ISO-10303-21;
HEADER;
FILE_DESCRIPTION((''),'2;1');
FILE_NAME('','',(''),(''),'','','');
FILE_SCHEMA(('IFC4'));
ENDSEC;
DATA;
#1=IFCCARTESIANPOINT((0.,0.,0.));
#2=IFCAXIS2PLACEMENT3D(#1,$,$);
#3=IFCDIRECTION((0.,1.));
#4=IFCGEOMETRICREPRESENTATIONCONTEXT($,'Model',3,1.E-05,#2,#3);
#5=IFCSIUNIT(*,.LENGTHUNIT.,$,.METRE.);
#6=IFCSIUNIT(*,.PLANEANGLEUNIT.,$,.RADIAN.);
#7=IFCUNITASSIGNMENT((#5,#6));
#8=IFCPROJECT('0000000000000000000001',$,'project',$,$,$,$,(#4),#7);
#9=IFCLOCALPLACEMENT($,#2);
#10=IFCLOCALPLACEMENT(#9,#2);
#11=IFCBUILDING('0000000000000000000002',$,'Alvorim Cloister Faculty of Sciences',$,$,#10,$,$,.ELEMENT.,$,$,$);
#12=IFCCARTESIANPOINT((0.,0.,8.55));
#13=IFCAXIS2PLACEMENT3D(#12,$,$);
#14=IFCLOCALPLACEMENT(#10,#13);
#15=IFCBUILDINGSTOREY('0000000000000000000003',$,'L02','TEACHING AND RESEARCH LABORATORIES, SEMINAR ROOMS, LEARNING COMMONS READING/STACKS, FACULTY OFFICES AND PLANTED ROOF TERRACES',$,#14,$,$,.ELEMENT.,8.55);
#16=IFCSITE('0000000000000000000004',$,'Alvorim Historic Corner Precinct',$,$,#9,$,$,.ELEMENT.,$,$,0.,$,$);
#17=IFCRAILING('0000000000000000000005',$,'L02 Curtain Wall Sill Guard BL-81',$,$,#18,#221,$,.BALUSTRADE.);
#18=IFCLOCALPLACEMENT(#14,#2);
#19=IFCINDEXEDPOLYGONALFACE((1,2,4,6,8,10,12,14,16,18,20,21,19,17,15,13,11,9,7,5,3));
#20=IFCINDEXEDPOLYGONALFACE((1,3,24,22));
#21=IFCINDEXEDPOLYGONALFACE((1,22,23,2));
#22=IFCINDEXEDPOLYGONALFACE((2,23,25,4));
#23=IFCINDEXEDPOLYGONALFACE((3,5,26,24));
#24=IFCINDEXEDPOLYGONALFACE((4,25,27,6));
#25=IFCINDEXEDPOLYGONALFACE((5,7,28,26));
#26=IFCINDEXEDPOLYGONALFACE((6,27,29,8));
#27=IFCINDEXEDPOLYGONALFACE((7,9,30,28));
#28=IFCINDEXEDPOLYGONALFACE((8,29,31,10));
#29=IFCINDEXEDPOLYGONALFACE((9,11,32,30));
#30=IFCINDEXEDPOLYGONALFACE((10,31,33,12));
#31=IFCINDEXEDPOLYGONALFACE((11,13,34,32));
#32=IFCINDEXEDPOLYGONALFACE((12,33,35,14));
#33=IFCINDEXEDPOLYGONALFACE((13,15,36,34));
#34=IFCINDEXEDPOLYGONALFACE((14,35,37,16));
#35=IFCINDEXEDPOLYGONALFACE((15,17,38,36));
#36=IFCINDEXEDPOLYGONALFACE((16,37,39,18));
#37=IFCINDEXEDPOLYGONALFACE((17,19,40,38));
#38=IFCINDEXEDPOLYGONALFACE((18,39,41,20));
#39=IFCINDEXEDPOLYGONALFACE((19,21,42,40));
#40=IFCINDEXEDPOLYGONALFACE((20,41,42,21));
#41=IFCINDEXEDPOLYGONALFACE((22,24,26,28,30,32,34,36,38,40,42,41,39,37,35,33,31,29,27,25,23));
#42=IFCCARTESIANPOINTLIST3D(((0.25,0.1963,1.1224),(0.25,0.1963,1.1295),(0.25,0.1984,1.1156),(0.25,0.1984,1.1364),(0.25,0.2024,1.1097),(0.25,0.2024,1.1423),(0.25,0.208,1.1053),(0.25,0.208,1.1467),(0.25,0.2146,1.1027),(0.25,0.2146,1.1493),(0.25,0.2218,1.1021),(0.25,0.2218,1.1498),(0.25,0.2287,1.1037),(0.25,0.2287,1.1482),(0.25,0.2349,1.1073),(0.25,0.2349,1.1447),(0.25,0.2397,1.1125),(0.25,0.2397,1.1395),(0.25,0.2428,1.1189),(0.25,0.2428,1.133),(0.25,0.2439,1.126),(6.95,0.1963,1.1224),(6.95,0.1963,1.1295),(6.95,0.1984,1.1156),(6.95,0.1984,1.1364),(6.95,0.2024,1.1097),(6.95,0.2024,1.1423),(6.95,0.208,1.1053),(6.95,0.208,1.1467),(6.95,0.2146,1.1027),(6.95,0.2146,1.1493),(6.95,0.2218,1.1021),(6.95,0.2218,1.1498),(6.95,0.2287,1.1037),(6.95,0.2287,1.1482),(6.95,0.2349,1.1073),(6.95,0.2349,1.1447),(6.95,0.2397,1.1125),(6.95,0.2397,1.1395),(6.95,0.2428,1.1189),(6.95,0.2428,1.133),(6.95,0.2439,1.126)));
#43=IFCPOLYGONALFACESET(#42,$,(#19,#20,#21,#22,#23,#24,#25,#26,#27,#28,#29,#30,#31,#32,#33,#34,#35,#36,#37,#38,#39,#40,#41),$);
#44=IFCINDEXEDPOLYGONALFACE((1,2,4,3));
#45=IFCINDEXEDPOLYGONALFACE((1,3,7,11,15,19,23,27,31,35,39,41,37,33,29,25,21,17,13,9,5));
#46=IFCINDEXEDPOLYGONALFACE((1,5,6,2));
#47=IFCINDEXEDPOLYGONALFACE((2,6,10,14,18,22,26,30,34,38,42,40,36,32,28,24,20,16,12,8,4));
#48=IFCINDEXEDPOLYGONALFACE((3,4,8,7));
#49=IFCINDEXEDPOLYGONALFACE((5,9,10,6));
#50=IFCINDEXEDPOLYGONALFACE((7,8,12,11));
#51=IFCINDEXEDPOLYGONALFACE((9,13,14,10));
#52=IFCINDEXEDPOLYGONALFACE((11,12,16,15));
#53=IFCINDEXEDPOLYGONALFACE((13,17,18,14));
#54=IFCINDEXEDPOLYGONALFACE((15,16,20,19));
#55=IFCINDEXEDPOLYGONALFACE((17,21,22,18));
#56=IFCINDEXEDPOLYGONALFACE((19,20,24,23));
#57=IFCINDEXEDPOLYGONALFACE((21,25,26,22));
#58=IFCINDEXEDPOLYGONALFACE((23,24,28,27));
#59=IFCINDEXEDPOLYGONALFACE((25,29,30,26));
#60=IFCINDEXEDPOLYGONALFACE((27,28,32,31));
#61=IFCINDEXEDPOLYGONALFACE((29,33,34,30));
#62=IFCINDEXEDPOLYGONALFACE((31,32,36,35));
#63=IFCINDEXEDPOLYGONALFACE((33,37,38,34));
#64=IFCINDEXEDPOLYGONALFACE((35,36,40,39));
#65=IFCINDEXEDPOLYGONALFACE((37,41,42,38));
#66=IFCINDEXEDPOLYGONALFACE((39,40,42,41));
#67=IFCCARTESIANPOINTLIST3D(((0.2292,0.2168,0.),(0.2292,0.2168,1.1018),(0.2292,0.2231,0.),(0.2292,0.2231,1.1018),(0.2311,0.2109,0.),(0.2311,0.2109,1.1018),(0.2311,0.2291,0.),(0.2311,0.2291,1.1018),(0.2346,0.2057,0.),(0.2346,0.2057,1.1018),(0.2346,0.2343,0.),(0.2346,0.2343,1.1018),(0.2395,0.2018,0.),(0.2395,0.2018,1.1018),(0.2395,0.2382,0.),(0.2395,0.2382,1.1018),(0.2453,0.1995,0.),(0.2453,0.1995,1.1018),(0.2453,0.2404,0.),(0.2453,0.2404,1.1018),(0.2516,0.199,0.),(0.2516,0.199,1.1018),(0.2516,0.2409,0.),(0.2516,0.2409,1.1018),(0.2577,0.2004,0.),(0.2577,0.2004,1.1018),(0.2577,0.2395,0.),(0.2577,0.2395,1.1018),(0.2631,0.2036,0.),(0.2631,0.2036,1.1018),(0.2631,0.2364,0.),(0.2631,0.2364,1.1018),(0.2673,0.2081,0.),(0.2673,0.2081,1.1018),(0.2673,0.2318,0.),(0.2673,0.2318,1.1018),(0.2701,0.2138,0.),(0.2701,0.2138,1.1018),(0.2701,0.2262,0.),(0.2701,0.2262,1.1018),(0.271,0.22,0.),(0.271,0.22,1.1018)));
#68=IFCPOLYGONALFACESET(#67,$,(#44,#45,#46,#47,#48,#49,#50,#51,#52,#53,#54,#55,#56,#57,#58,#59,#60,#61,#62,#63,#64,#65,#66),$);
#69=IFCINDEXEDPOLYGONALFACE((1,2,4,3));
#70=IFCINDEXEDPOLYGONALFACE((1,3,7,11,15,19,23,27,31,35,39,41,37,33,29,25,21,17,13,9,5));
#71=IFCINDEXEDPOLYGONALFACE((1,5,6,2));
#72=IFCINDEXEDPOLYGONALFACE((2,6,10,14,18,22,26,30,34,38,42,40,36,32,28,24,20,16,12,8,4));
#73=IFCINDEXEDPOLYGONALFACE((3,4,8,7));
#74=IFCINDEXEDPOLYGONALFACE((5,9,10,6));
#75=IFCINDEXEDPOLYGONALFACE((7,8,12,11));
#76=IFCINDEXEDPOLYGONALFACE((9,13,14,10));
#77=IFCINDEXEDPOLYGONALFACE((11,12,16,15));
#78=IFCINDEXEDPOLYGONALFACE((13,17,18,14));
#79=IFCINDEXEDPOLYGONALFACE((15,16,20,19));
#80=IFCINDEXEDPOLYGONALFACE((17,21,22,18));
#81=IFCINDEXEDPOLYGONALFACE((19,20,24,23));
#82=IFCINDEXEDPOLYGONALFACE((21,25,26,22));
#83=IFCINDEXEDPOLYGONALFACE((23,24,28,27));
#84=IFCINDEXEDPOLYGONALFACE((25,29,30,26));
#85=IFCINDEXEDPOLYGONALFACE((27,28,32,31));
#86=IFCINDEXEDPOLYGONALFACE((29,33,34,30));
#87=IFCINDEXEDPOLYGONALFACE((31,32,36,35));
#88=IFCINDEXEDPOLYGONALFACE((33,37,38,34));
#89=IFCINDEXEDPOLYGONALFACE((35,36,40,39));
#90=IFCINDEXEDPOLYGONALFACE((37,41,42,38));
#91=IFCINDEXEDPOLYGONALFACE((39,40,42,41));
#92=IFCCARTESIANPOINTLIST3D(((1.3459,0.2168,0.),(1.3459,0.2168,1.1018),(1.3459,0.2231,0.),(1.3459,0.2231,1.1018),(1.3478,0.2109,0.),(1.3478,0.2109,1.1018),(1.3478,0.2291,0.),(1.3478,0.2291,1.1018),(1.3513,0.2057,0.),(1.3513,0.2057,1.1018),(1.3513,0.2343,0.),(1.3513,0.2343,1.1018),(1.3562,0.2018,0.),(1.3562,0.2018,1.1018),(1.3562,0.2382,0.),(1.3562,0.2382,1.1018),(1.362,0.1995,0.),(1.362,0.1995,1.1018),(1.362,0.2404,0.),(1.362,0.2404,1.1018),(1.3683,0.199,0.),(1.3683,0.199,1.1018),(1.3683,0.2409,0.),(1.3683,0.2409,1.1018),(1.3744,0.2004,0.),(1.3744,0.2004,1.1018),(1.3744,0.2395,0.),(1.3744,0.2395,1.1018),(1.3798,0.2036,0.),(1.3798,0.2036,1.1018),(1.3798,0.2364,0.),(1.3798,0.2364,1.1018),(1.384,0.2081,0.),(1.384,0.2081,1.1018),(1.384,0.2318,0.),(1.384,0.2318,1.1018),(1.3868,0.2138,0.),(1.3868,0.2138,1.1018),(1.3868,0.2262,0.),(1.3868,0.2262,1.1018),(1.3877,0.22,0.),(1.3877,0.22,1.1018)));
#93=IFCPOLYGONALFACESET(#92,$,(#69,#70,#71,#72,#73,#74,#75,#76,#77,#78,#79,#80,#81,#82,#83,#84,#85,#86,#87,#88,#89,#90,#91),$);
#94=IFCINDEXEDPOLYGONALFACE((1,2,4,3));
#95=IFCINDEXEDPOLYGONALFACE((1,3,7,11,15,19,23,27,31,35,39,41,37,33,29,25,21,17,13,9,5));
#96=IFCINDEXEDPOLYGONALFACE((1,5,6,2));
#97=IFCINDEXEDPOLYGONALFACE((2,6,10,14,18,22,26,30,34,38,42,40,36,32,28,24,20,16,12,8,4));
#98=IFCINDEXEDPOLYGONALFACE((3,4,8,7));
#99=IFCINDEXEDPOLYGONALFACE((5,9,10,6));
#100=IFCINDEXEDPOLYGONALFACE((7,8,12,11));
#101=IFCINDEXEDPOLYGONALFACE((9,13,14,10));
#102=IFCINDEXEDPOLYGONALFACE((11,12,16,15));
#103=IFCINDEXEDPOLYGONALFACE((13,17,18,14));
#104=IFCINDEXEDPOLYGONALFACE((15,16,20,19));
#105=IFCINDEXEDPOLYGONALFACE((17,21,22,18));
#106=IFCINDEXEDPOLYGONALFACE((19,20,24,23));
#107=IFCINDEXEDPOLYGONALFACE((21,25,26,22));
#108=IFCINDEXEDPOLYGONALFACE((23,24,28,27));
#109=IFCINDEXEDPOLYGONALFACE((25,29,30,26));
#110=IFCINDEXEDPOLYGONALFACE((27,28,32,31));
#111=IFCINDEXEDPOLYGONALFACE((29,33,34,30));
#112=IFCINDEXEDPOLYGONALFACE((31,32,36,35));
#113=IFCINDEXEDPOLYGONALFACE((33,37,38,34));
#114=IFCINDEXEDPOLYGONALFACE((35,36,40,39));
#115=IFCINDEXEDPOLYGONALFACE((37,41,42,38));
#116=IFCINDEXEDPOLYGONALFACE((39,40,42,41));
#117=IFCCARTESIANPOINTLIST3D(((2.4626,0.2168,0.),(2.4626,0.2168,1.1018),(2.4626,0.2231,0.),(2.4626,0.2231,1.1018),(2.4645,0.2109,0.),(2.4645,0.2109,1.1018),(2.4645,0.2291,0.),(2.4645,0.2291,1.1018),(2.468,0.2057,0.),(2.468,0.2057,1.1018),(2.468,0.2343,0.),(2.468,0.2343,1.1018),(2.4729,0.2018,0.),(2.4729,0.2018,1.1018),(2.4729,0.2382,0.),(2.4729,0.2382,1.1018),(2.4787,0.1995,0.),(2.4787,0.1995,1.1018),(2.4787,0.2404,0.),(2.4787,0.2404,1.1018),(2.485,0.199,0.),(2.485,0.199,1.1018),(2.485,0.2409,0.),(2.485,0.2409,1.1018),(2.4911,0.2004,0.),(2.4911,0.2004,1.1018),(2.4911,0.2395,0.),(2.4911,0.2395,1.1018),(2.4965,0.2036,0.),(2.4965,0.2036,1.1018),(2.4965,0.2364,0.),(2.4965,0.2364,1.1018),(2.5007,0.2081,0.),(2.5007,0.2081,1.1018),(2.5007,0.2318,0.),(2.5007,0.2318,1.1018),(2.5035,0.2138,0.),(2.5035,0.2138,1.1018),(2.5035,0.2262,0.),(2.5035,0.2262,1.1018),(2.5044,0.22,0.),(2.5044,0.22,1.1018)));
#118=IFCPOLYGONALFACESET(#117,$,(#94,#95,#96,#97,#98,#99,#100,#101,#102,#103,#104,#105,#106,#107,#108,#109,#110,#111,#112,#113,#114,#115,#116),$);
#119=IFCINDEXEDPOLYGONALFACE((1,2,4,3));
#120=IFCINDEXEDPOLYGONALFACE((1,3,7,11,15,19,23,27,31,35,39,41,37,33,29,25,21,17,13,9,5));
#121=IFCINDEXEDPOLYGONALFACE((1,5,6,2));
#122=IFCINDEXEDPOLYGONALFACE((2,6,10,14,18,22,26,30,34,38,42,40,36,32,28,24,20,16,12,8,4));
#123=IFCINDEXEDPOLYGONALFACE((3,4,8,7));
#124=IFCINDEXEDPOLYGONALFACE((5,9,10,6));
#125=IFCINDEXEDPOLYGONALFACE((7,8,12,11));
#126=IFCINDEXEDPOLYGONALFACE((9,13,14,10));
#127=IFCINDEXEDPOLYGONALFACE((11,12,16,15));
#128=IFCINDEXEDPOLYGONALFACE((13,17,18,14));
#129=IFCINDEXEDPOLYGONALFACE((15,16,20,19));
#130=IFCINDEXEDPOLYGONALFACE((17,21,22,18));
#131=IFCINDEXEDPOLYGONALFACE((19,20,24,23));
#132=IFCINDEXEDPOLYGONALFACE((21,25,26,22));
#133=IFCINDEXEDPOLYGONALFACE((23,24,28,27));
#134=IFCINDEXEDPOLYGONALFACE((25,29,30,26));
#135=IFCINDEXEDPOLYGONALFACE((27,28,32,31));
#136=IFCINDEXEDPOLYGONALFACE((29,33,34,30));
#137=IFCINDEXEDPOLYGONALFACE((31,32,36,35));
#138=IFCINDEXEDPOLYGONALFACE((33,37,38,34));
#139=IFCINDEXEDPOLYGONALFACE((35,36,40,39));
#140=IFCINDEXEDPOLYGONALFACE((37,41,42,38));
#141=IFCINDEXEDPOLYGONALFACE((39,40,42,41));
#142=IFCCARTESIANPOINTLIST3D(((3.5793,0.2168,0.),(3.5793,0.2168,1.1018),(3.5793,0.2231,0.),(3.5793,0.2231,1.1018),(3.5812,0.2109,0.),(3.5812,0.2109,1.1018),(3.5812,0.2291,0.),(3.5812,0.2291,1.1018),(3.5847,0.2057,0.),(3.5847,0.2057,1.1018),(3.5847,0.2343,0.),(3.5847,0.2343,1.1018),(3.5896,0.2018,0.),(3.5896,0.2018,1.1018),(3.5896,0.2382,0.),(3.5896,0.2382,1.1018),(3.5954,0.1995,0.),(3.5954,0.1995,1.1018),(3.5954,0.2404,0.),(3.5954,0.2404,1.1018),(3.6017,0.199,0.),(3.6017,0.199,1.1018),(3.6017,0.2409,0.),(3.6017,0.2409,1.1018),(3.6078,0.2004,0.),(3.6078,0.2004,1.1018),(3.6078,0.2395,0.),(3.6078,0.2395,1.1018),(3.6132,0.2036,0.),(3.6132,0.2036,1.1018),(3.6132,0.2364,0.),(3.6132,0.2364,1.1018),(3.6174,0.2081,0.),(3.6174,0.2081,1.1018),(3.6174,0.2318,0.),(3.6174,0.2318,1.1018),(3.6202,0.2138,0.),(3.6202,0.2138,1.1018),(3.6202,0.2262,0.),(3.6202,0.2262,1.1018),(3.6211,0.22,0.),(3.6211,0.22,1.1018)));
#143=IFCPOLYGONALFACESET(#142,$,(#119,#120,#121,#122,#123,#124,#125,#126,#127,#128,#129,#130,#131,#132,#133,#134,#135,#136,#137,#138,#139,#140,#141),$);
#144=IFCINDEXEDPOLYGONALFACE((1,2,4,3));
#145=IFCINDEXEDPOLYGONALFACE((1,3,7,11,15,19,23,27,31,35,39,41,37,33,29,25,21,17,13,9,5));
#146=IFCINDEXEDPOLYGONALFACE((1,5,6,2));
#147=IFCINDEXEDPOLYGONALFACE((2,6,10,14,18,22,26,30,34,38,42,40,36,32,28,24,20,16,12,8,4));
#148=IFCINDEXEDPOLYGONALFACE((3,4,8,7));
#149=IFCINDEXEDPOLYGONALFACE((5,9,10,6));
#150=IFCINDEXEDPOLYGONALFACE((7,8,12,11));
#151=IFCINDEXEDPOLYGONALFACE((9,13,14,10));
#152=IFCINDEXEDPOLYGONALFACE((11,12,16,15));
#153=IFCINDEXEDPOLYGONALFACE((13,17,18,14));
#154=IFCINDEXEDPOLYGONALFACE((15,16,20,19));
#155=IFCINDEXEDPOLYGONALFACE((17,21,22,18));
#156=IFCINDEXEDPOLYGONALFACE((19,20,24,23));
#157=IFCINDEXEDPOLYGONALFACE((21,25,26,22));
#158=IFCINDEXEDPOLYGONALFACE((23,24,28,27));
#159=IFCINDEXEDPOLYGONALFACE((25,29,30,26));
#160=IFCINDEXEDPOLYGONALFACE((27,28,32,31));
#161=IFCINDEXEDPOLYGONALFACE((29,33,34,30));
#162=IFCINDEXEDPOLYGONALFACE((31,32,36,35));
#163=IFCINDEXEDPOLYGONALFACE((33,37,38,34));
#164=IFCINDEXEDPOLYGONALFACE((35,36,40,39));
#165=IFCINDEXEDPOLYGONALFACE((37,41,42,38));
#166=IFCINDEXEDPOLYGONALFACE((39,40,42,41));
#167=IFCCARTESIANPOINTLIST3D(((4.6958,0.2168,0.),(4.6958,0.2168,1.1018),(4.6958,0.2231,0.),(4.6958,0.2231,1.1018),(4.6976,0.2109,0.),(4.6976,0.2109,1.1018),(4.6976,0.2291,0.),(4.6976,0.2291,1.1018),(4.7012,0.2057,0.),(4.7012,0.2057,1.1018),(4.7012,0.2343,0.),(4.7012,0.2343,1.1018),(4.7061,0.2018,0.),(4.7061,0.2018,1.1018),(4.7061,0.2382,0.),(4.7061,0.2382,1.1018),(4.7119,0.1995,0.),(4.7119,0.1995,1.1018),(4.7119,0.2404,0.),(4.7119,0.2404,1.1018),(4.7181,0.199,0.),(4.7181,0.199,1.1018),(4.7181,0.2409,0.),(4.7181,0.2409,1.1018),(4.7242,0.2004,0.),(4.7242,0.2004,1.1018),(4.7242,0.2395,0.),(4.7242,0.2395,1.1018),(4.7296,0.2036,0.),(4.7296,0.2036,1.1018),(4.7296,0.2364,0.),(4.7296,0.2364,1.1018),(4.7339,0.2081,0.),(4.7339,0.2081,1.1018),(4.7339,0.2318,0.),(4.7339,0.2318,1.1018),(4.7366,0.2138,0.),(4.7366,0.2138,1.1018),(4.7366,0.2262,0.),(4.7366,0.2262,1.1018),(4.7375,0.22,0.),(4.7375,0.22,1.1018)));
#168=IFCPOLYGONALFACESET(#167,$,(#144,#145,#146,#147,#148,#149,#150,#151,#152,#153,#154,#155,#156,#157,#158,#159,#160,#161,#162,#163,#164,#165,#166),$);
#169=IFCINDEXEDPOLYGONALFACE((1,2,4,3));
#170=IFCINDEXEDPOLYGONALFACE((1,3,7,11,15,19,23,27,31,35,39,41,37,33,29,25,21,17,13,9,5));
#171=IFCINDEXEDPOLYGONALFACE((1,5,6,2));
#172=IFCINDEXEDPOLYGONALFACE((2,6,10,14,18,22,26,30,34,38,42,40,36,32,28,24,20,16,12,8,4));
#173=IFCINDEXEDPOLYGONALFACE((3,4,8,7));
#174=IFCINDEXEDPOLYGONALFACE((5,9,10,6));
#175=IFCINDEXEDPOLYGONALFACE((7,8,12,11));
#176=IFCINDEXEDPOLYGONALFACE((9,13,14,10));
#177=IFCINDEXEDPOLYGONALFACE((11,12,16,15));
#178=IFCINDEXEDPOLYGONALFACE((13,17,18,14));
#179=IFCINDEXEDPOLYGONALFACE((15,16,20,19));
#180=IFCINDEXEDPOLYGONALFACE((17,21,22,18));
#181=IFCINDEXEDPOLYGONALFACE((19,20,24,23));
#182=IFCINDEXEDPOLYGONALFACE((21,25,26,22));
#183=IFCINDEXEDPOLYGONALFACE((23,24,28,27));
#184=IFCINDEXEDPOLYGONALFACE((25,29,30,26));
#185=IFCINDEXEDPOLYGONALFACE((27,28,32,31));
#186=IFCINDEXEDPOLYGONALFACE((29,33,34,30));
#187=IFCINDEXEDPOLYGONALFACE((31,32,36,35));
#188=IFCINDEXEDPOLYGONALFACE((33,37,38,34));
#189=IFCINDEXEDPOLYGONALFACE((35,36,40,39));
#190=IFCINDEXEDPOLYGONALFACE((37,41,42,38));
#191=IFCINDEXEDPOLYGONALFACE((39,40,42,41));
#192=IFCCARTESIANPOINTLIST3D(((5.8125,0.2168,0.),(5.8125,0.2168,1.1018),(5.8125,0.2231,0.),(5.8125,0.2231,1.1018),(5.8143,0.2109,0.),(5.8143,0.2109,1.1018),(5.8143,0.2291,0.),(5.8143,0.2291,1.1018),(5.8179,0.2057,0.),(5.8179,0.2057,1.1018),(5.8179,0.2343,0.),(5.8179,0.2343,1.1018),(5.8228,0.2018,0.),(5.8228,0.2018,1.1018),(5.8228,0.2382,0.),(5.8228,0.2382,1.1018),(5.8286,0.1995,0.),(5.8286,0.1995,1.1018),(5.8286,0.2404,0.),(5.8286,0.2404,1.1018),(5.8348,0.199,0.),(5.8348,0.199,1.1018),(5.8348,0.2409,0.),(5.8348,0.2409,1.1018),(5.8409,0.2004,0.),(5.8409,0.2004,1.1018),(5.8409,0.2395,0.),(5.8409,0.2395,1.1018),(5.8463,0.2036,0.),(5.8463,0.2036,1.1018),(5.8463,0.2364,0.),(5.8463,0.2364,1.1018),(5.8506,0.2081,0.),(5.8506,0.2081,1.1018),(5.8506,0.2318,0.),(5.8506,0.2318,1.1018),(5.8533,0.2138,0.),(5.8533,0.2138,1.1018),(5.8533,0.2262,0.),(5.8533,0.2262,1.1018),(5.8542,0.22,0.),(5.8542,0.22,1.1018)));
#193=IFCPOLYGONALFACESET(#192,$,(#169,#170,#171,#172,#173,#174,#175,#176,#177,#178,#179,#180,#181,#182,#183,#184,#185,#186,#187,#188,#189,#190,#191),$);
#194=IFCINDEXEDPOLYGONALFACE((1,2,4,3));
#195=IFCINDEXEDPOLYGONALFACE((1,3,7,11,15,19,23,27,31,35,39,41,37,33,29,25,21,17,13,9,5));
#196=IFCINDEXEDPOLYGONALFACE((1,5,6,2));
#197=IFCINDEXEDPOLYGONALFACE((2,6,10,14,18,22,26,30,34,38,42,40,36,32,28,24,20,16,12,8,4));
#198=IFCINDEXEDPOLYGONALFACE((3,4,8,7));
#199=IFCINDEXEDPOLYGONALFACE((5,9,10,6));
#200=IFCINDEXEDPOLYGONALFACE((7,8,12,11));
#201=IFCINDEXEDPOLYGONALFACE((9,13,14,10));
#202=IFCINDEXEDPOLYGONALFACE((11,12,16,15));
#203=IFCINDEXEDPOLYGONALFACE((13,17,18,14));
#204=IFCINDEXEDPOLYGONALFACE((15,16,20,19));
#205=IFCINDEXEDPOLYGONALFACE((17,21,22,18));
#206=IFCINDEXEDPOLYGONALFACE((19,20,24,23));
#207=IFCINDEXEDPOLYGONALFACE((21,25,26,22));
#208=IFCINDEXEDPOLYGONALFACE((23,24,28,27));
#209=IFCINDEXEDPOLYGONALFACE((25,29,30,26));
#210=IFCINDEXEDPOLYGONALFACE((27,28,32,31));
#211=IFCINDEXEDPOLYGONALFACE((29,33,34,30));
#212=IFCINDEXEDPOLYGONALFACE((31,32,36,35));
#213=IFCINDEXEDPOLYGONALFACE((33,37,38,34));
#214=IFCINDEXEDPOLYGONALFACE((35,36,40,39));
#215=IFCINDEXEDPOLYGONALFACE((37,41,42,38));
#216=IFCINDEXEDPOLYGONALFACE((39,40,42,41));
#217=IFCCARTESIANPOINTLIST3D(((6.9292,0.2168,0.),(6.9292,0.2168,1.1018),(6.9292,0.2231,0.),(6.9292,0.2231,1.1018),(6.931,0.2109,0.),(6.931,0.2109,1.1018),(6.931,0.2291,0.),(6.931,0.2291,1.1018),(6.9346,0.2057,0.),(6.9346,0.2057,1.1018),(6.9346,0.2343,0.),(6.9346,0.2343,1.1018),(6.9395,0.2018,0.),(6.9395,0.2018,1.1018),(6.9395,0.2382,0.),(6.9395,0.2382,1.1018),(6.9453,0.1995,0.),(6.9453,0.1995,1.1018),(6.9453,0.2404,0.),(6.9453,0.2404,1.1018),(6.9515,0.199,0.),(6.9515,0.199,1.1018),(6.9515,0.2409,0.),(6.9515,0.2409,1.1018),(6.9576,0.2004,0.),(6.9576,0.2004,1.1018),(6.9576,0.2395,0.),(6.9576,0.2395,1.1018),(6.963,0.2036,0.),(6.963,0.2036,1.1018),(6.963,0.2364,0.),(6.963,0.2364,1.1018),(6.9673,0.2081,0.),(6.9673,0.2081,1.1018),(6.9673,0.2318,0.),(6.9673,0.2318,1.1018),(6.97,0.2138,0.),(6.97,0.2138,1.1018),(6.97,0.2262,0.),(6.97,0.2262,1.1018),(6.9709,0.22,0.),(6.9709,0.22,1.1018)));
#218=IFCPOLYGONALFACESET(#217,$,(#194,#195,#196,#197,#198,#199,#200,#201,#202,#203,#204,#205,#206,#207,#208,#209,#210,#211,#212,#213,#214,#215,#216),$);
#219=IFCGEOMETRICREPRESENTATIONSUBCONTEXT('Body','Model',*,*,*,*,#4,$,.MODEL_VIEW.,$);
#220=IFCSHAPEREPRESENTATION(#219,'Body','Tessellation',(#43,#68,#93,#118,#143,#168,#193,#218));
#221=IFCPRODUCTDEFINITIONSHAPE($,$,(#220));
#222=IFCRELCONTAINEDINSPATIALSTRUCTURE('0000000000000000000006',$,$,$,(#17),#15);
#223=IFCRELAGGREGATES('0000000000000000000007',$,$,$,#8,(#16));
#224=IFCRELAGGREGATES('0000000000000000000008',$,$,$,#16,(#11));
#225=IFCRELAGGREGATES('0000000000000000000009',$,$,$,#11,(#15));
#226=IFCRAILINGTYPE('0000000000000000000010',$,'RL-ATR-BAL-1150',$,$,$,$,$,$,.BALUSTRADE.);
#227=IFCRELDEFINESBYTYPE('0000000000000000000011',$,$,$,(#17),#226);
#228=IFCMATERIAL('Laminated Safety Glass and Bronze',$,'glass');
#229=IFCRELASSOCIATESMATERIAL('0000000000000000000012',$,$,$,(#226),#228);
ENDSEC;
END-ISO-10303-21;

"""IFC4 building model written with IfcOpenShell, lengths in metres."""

from ifc_helpers import new_model, si_unit, direction, frame, origin, origin_2d, place, context, subcontext, project, spatial, circle, extrude, material, type_object, element, save


model = new_model("IFC4")

# Units and contexts
model_context = context("Model", 3, precision=1e-05, world=origin(), true_north=direction((0.0, 1.0)))
body_context = subcontext(model_context, "Body", "Model", "MODEL_VIEW")
ifc_project = project(units=[si_unit("LENGTHUNIT", "METRE"), si_unit("PLANEANGLEUNIT", "RADIAN")], contexts=[model_context])

# Site, building, storey
site_placement = place(None, origin())
site = spatial("IfcSite", under=ifc_project, at=site_placement, Name="Alvorim Historic Corner Precinct", CompositionType="ELEMENT", RefElevation=0.0)
building_placement = place(site_placement, origin())
building = spatial("IfcBuilding", under=site, at=building_placement, Name="Alvorim Cloister Faculty of Sciences", CompositionType="ELEMENT")
storey_placement = place(building_placement, frame((0.0, 0.0, 8.55)))
storey = spatial("IfcBuildingStorey", under=building, at=storey_placement, Name="L02", Description="TEACHING AND RESEARCH LABORATORIES, SEMINAR ROOMS, LEARNING COMMONS READING/STACKS, FACULTY OFFICES AND PLANTED ROOF TERRACES", CompositionType="ELEMENT", Elevation=8.55)

# Railing
ifc_material_1 = material(Name="Laminated Safety Glass and Bronze", Category="glass")
railing_type = type_object("IfcRailingType", Name="RL-ATR-BAL-1150", PredefinedType="BALUSTRADE", material=ifc_material_1)
railing_1_placement = place(storey_placement, frame((0.25, 0.22, 0.0)))
element("IfcRailing", 1, at=railing_1_placement, inside=storey, type_object=railing_type, Name="L02 Curtain Wall Sill Guard BL-81", PredefinedType="BALUSTRADE", context=body_context, shape_type="SweptSolid", body=[
    extrude(circle(Radius=0.0239, at=origin_2d()), frame((0.0, 0.0, 1.126), z_axis=(1.0, 0.0, 0.0), x_axis=(0.0, 1.0, 0.0)), (0.0, 0.0, 1.0), 6.7),
    extrude(circle(Radius=0.021, at=origin_2d()), origin(), (0.0, 0.0, 1.0), 1.1018),
    extrude(circle(Radius=0.021, at=origin_2d()), frame((1.1167, 0.0, 0.0)), (0.0, 0.0, 1.0), 1.1018),
    extrude(circle(Radius=0.021, at=origin_2d()), frame((2.2334, 0.0, 0.0)), (0.0, 0.0, 1.0), 1.1018),
    extrude(circle(Radius=0.021, at=origin_2d()), frame((3.3501, 0.0, 0.0)), (0.0, 0.0, 1.0), 1.1018),
    extrude(circle(Radius=0.021, at=origin_2d()), frame((4.4666, 0.0, 0.0)), (0.0, 0.0, 1.0), 1.1018),
    extrude(circle(Radius=0.021, at=origin_2d()), frame((5.5833, 0.0, 0.0)), (0.0, 0.0, 1.0), 1.1018),
    extrude(circle(Radius=0.021, at=origin_2d()), frame((6.7, 0.0, 0.0)), (0.0, 0.0, 1.0), 1.1018),
])

save(model, "model.ifc")
